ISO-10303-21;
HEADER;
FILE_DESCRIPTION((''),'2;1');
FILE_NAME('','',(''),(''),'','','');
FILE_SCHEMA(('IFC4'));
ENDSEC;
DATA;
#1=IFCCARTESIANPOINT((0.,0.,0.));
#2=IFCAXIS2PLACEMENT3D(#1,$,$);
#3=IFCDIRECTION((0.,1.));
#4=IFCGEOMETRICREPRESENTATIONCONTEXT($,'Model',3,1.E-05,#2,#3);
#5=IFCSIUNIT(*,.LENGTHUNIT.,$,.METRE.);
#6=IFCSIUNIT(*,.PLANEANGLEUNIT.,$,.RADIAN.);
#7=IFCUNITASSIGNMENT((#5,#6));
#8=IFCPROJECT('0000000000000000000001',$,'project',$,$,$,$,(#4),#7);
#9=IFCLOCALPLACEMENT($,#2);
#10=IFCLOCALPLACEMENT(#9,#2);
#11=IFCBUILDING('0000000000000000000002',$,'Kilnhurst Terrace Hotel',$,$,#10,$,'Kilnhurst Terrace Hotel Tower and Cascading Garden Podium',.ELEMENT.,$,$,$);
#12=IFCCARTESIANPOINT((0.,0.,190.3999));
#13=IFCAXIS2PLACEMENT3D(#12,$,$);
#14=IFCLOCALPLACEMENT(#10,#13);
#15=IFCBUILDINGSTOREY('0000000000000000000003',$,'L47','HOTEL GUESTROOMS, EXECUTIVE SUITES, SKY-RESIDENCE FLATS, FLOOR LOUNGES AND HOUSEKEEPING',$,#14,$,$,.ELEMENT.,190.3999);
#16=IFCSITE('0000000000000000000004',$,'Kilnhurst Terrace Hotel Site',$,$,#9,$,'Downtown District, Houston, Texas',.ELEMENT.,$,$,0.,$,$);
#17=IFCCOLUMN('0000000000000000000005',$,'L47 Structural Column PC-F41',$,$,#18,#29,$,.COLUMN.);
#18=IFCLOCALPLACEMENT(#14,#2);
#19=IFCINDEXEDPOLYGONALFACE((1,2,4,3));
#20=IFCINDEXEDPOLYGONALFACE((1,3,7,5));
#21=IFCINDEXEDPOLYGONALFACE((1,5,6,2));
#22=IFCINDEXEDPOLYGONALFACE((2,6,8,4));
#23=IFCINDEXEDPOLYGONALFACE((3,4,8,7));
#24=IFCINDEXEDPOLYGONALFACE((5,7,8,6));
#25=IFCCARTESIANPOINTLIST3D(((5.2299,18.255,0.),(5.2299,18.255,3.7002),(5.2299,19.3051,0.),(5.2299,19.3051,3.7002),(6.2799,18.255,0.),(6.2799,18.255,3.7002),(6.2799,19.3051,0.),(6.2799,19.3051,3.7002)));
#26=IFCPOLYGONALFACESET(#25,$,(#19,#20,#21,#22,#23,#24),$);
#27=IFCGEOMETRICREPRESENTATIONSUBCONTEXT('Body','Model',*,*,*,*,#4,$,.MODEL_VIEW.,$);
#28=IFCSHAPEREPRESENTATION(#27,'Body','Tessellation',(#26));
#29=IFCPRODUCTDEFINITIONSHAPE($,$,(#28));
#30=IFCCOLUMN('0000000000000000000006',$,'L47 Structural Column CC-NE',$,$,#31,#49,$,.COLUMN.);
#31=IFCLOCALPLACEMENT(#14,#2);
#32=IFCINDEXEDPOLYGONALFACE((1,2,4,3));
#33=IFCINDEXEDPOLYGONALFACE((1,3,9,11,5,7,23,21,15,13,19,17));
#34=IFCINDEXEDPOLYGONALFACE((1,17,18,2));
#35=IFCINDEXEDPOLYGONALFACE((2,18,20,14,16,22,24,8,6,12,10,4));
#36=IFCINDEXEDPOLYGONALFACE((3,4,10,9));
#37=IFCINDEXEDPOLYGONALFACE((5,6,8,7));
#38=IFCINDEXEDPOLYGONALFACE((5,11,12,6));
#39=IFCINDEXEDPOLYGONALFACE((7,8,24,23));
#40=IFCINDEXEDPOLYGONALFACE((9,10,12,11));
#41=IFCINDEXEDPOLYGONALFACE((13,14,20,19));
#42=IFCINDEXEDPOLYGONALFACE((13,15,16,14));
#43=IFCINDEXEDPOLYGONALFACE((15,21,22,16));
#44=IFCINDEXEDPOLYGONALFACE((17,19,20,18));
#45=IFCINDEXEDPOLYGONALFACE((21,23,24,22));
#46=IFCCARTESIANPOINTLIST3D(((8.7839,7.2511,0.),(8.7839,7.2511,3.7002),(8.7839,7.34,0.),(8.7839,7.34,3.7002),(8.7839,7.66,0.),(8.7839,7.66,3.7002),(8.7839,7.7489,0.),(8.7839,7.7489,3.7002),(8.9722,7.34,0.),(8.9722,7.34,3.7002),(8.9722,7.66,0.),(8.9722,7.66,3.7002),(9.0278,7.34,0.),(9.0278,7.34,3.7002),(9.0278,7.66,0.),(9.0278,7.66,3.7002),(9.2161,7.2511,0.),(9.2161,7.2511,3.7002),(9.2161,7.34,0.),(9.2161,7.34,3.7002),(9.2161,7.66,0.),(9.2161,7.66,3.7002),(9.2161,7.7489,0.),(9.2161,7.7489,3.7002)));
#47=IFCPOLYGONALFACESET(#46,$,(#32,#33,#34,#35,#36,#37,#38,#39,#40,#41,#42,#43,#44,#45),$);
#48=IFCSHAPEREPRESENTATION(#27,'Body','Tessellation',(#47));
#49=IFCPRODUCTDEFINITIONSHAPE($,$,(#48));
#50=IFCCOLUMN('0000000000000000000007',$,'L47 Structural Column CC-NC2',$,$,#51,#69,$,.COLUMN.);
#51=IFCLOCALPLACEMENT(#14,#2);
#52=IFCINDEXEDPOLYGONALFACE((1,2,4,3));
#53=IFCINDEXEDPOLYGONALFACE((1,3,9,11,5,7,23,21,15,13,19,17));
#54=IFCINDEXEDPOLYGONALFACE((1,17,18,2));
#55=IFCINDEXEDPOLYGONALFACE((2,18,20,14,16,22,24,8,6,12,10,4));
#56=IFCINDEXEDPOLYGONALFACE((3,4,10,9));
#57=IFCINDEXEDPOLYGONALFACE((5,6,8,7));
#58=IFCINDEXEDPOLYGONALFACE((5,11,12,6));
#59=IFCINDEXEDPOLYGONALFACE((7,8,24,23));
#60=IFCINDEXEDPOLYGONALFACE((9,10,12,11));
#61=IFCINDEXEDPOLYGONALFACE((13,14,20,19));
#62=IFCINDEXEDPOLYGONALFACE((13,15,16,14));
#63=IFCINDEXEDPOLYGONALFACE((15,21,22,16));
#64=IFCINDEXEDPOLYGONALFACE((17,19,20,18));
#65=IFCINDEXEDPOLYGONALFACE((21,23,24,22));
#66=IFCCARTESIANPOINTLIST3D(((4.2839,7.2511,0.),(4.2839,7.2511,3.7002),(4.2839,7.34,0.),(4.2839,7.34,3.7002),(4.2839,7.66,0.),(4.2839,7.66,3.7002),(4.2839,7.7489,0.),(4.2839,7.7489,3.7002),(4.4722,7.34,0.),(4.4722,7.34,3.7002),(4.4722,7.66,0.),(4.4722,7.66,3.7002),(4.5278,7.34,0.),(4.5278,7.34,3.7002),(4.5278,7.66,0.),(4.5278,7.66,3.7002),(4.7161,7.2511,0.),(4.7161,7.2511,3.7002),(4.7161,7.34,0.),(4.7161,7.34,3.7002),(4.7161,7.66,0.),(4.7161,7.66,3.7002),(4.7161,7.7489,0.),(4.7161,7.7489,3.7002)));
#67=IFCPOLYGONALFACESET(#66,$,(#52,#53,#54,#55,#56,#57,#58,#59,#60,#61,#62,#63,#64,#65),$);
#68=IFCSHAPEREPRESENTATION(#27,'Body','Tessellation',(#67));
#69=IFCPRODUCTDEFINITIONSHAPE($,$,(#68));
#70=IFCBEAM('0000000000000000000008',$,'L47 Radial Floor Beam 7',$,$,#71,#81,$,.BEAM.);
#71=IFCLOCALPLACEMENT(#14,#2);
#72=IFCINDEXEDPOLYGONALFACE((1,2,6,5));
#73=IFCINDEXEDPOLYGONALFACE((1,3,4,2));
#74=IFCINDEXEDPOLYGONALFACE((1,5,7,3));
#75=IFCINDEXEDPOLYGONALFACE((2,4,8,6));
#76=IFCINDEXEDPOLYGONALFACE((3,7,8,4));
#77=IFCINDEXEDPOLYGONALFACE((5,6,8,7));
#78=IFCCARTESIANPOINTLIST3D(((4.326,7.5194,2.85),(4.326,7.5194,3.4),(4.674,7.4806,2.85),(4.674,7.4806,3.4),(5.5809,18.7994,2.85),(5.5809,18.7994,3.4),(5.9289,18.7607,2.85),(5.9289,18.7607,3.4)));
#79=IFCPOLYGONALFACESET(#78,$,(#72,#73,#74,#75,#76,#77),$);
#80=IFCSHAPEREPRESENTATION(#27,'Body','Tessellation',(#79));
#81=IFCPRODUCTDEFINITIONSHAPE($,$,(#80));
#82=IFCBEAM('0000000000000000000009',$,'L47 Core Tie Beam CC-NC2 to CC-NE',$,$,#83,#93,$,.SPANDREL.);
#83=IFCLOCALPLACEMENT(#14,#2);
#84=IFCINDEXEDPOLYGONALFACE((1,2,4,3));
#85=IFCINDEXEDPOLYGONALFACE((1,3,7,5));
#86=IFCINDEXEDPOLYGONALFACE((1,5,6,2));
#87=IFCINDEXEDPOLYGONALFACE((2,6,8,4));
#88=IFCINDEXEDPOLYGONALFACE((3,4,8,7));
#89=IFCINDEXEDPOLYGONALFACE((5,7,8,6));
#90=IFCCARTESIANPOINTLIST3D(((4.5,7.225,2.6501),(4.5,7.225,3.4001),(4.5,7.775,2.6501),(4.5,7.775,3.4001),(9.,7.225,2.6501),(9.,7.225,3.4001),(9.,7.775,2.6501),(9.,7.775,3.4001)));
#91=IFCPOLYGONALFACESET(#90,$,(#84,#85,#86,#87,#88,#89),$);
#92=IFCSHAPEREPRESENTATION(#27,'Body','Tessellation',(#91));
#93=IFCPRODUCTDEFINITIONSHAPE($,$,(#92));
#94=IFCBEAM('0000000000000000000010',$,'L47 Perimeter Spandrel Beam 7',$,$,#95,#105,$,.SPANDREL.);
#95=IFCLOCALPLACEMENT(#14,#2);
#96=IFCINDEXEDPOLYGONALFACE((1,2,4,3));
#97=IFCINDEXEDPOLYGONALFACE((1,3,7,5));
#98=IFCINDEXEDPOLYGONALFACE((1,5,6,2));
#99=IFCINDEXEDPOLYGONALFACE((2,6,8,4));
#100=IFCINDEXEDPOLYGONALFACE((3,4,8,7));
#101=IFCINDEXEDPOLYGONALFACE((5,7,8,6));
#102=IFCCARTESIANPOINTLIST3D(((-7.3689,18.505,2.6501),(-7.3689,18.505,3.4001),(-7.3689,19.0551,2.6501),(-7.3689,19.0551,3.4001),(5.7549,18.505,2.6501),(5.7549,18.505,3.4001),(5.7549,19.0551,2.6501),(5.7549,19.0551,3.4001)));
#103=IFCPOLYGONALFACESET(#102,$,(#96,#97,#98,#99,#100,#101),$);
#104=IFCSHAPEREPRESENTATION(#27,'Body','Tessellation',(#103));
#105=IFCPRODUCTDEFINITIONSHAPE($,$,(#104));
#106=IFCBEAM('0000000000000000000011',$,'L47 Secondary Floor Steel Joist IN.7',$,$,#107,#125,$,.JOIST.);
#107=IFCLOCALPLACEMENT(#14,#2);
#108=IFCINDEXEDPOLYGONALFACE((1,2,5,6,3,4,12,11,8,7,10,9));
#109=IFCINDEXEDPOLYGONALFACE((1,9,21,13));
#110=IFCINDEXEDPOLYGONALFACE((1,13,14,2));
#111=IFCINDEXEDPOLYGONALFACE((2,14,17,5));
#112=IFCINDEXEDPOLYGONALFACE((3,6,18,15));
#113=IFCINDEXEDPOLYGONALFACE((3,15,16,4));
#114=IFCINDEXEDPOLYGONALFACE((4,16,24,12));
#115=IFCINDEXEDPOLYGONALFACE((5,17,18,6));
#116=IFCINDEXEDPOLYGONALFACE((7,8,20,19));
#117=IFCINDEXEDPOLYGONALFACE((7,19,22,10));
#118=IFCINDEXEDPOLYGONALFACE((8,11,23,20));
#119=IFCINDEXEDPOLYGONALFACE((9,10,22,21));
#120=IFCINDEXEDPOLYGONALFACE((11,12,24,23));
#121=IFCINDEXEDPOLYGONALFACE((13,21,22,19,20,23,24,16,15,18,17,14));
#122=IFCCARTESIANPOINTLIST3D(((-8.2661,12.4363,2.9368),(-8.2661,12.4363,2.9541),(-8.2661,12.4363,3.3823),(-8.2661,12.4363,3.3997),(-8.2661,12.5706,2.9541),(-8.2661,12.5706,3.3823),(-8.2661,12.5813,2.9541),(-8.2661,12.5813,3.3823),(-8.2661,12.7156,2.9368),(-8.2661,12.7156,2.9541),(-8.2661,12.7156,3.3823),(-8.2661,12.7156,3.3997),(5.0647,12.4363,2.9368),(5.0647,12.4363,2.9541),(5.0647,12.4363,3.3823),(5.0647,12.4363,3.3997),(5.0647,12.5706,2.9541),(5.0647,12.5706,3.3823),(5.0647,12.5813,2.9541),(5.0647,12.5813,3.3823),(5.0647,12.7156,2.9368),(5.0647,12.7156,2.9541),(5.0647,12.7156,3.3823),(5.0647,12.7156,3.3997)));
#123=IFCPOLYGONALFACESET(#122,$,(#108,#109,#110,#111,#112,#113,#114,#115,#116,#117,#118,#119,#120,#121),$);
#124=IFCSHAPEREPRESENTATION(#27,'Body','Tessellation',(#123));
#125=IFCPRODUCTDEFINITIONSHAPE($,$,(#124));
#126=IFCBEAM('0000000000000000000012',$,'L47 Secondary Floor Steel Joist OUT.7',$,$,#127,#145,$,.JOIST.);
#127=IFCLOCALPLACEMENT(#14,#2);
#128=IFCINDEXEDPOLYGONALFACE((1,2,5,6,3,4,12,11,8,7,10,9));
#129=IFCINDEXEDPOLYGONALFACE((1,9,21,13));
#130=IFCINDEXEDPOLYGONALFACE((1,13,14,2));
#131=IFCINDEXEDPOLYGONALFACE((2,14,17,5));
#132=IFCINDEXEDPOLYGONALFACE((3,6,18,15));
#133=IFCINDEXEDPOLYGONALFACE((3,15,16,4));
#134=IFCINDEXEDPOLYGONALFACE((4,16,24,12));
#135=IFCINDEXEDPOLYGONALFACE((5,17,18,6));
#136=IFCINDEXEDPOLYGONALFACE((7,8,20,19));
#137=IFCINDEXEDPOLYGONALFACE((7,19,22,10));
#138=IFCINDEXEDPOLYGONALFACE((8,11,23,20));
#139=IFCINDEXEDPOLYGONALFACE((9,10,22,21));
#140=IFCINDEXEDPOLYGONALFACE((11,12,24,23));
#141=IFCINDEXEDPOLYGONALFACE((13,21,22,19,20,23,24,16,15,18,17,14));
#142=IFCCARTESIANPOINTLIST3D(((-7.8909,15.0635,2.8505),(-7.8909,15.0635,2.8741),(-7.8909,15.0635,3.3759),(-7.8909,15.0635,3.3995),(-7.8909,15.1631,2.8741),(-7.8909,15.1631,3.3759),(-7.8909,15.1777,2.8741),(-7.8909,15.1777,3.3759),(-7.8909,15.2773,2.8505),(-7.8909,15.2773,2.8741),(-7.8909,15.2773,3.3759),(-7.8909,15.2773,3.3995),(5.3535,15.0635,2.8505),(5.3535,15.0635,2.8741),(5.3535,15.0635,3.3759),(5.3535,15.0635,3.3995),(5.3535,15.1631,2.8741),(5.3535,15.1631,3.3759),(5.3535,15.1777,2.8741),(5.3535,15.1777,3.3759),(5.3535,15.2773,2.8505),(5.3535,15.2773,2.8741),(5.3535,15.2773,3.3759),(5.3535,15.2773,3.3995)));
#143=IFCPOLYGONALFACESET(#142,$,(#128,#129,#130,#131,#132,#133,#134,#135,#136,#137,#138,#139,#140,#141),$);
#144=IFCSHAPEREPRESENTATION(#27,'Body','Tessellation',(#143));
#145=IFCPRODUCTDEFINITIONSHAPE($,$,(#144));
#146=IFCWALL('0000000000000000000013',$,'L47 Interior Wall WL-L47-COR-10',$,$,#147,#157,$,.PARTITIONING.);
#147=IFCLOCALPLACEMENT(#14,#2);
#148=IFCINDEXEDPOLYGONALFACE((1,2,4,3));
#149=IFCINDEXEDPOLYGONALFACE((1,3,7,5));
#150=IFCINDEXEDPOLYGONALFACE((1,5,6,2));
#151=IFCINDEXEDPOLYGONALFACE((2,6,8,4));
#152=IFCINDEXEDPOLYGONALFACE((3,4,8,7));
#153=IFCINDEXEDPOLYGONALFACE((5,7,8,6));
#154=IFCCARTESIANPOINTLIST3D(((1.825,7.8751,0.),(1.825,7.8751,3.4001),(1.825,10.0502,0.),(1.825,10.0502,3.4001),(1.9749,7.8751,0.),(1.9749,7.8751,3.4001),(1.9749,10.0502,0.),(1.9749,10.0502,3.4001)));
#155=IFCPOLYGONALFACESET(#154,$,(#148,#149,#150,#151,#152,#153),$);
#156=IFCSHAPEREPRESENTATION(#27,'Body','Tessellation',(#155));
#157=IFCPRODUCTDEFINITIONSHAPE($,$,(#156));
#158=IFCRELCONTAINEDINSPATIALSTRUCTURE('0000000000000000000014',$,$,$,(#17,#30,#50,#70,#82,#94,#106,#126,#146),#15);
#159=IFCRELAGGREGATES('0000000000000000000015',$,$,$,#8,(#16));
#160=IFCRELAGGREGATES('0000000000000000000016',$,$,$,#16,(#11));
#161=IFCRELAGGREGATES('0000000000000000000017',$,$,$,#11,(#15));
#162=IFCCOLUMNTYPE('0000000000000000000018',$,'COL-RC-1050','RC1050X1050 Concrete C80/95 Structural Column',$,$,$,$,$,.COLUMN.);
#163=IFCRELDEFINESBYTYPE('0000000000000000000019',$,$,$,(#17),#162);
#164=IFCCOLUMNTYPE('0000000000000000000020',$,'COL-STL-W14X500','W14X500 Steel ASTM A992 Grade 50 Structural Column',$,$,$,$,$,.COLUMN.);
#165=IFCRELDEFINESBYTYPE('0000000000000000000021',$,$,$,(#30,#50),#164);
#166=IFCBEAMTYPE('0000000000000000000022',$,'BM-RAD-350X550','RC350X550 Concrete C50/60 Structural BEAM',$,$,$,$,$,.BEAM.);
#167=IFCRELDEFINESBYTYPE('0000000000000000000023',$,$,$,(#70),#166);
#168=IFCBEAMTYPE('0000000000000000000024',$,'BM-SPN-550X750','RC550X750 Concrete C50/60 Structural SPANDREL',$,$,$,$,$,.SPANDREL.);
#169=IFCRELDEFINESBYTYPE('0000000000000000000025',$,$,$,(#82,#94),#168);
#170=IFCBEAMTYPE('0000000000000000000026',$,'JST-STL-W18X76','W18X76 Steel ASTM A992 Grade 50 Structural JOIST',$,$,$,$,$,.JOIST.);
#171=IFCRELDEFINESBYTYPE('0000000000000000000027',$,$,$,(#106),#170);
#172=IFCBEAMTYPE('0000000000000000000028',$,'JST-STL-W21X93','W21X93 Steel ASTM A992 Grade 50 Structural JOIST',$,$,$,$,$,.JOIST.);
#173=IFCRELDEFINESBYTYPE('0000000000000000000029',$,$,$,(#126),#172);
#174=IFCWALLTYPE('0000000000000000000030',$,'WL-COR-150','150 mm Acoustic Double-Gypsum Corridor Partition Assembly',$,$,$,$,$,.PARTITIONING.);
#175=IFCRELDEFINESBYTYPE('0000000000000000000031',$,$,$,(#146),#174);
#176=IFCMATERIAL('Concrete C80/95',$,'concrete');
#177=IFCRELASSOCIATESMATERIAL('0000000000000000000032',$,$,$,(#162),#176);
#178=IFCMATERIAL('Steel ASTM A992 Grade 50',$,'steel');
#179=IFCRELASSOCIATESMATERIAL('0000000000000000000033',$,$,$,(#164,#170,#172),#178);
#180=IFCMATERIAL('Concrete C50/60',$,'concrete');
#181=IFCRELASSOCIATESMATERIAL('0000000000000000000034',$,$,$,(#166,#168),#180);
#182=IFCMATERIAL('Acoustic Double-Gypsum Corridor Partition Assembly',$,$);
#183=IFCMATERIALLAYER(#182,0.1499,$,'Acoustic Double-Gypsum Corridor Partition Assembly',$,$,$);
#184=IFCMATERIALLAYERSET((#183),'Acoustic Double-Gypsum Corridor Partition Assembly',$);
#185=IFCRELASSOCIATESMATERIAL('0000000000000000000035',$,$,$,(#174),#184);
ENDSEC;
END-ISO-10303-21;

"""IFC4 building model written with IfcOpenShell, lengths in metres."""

from ifc_helpers import new_model, si_unit, direction, frame, frame_2d, origin, origin_2d, place, context, subcontext, project, spatial, rectangle, i_section, extrude, material, layer, layer_set, material_profile, profile_set, type_object, element, save


model = new_model("IFC4")

# Units and contexts
model_context = context("Model", 3, precision=1e-05, world=origin(), true_north=direction((0.0, 1.0)))
body_context = subcontext(model_context, "Body", "Model", "MODEL_VIEW")
ifc_project = project(units=[si_unit("LENGTHUNIT", "METRE"), si_unit("PLANEANGLEUNIT", "RADIAN")], contexts=[model_context])

# Site, building, storey
site_placement = place(None, origin())
site = spatial("IfcSite", under=ifc_project, at=site_placement, Name="Kilnhurst Terrace Hotel Site", LongName="Downtown District, Houston, Texas", CompositionType="ELEMENT", RefElevation=0.0)
building_placement = place(site_placement, origin())
building = spatial("IfcBuilding", under=site, at=building_placement, Name="Kilnhurst Terrace Hotel", LongName="Kilnhurst Terrace Hotel Tower and Cascading Garden Podium", CompositionType="ELEMENT")
storey_placement = place(building_placement, frame((0.0, 0.0, 190.3999)))
storey = spatial("IfcBuildingStorey", under=building, at=storey_placement, Name="L47", Description="HOTEL GUESTROOMS, EXECUTIVE SUITES, SKY-RESIDENCE FLATS, FLOOR LOUNGES AND HOUSEKEEPING", CompositionType="ELEMENT", Elevation=190.3999)

# Columns
ifc_material_1 = material(Name="Concrete C80/95", Category="concrete")
ifc_material_profile_1 = material_profile(ifc_material_1, rectangle(XDim=1.05, YDim=1.05, at=origin_2d()), Name="RC1050X1050")
ifc_profile_set_1 = profile_set([ifc_material_profile_1], Name="Concrete C80/95")
column_type_1 = type_object("IfcColumnType", Name="COL-RC-1050", Description="RC1050X1050 Concrete C80/95 Structural Column", PredefinedType="COLUMN", material=ifc_profile_set_1)
column_placement = place(storey_placement, frame((5.7549, 18.78, 0.0), z_axis=(0.0, 0.0, 1.0), x_axis=(1.0, 0.0, 0.0)))
element("IfcColumn", 1, at=column_placement, inside=storey, type_object=column_type_1, Name="L47 Structural Column PC-F41", PredefinedType="COLUMN", context=body_context, shape_type="SweptSolid", body=[
    extrude(rectangle(XDim=1.05, YDim=1.05, at=origin_2d()), origin(), (0.0, 0.0, 1.0), 3.7002),
])
ifc_material_2 = material(Name="Steel ASTM A992 Grade 50", Category="steel")
ifc_material_profile_2 = material_profile(ifc_material_2, i_section(OverallWidth=0.4321, OverallDepth=0.4978, WebThickness=0.0557, FlangeThickness=0.0889, at=origin_2d()), Name="W14X500")
ifc_profile_set_2 = profile_set([ifc_material_profile_2], Name="Steel ASTM A992 Grade 50")
column_type_2 = type_object("IfcColumnType", Name="COL-STL-W14X500", Description="W14X500 Steel ASTM A992 Grade 50 Structural Column", PredefinedType="COLUMN", material=ifc_profile_set_2)
for number, where, z_axis, x_axis, name in (
    (2, (9.0, 7.5, 0.0), (0.0, 0.0, 1.0), (1.0, 0.0, 0.0), "L47 Structural Column CC-NE"),
    (3, (4.5, 7.5, 0.0), (0.0, 0.0, 1.0), (1.0, 0.0, 0.0), "L47 Structural Column CC-NC2"),
):
    element("IfcColumn", number, at=place(storey_placement, frame(where, z_axis=z_axis, x_axis=x_axis)), inside=storey, type_object=column_type_2, Name=name, PredefinedType="COLUMN", context=body_context, shape_type="SweptSolid", body=[
        extrude(i_section(OverallWidth=0.4321, OverallDepth=0.4978, WebThickness=0.0557, FlangeThickness=0.0889, at=origin_2d()), origin(), (0.0, 0.0, 1.0), 3.7002),
    ])

# Beams
ifc_material_3 = material(Name="Concrete C50/60", Category="concrete")
ifc_material_profile_3 = material_profile(ifc_material_3, rectangle(XDim=0.3501, YDim=0.55, at=origin_2d()), Name="RC350X550")
ifc_profile_set_3 = profile_set([ifc_material_profile_3], Name="Concrete C50/60")
beam_type_1 = type_object("IfcBeamType", Name="BM-RAD-350X550", Description="RC350X550 Concrete C50/60 Structural BEAM", PredefinedType="BEAM", material=ifc_profile_set_3)
beam_1_placement = place(storey_placement, frame((4.5, 7.5, 3.125), z_axis=(0.110566, 0.993869, 0.0), x_axis=(-0.993869, 0.110566, 0.0)))
element("IfcBeam", 4, at=beam_1_placement, inside=storey, type_object=beam_type_1, Name="L47 Radial Floor Beam 7", PredefinedType="BEAM", context=body_context, shape_type="SweptSolid", body=[
    extrude(rectangle(XDim=0.3501, YDim=0.55, at=origin_2d()), origin(), (0.0, 0.0, 1.0), 11.3496),
])
ifc_material_profile_4 = material_profile(ifc_material_3, rectangle(XDim=0.55, YDim=0.75, at=origin_2d()), Name="RC550X750")
ifc_profile_set_4 = profile_set([ifc_material_profile_4], Name="Concrete C50/60")
beam_type_2 = type_object("IfcBeamType", Name="BM-SPN-550X750", Description="RC550X750 Concrete C50/60 Structural SPANDREL", PredefinedType="SPANDREL", material=ifc_profile_set_4)
beam_2_placement = place(storey_placement, frame((4.5, 7.5, 3.0251), z_axis=(1.0, 0.0, 0.0), x_axis=(0.0, 1.0, 0.0)))
element("IfcBeam", 5, at=beam_2_placement, inside=storey, type_object=beam_type_2, Name="L47 Core Tie Beam CC-NC2 to CC-NE", PredefinedType="SPANDREL", context=body_context, shape_type="SweptSolid", body=[
    extrude(rectangle(XDim=0.55, YDim=0.75, at=origin_2d()), origin(), (0.0, 0.0, 1.0), 4.5),
])
beam_3_placement = place(storey_placement, frame((5.7549, 18.78, 3.0251), z_axis=(-1.0, 0.0, 0.0), x_axis=(0.0, -1.0, 0.0)))
element("IfcBeam", 6, at=beam_3_placement, inside=storey, type_object=beam_type_2, Name="L47 Perimeter Spandrel Beam 7", PredefinedType="SPANDREL", context=body_context, shape_type="SweptSolid", body=[
    extrude(rectangle(XDim=0.55, YDim=0.75, at=origin_2d()), origin(), (0.0, 0.0, 1.0), 13.1238),
])
ifc_material_profile_5 = material_profile(ifc_material_2, i_section(OverallWidth=0.2793, OverallDepth=0.4629, WebThickness=0.0107, FlangeThickness=0.0173, at=origin_2d()), Name="W18X76")
ifc_profile_set_5 = profile_set([ifc_material_profile_5], Name="Steel ASTM A992 Grade 50")
beam_type_3 = type_object("IfcBeamType", Name="JST-STL-W18X76", Description="W18X76 Steel ASTM A992 Grade 50 Structural JOIST", PredefinedType="JOIST", material=ifc_profile_set_5)
beam_4_placement = place(storey_placement, frame((5.0647, 12.5759, 3.1682), z_axis=(-1.0, 0.0, 0.0), x_axis=(0.0, -1.0, 0.0)))
element("IfcBeam", 7, at=beam_4_placement, inside=storey, type_object=beam_type_3, Name="L47 Secondary Floor Steel Joist IN.7", PredefinedType="JOIST", context=body_context, shape_type="SweptSolid", body=[
    extrude(i_section(OverallWidth=0.2793, OverallDepth=0.4629, WebThickness=0.0107, FlangeThickness=0.0173, at=origin_2d()), origin(), (0.0, 0.0, 1.0), 13.3308),
])
ifc_material_profile_6 = material_profile(ifc_material_2, i_section(OverallWidth=0.2139, OverallDepth=0.5491, WebThickness=0.0146, FlangeThickness=0.0237, at=origin_2d()), Name="W21X93")
ifc_profile_set_6 = profile_set([ifc_material_profile_6], Name="Steel ASTM A992 Grade 50")
beam_type_4 = type_object("IfcBeamType", Name="JST-STL-W21X93", Description="W21X93 Steel ASTM A992 Grade 50 Structural JOIST", PredefinedType="JOIST", material=ifc_profile_set_6)
beam_5_placement = place(storey_placement, frame((5.3535, 15.1704, 3.125), z_axis=(-1.0, 0.0, 0.0), x_axis=(0.0, -1.0, 0.0)))
element("IfcBeam", 8, at=beam_5_placement, inside=storey, type_object=beam_type_4, Name="L47 Secondary Floor Steel Joist OUT.7", PredefinedType="JOIST", context=body_context, shape_type="SweptSolid", body=[
    extrude(i_section(OverallWidth=0.2139, OverallDepth=0.5491, WebThickness=0.0146, FlangeThickness=0.0237, at=origin_2d()), origin(), (0.0, 0.0, 1.0), 13.2444),
])

# Wall
ifc_material_4 = material(Name="Acoustic Double-Gypsum Corridor Partition Assembly")
ifc_layer_1 = layer(ifc_material_4, 0.1499, Name="Acoustic Double-Gypsum Corridor Partition Assembly")
ifc_layer_set_1 = layer_set([ifc_layer_1], Name="Acoustic Double-Gypsum Corridor Partition Assembly")
wall_type_1 = type_object("IfcWallType", Name="WL-COR-150", Description="150 mm Acoustic Double-Gypsum Corridor Partition Assembly", PredefinedType="PARTITIONING", material=ifc_layer_set_1)
wall_1_placement = place(storey_placement, frame((1.8999, 10.05, 0.0), z_axis=(0.0, 0.0, 1.0), x_axis=(0.0, -1.0, 0.0)))
element("IfcWall", 9, at=wall_1_placement, inside=storey, type_object=wall_type_1, Name="L47 Interior Wall WL-L47-COR-10", PredefinedType="PARTITIONING", context=body_context, shape_type="SweptSolid", body=[
    extrude(rectangle(XDim=2.175, YDim=0.1499, at=frame_2d((1.0874, 0.0))), origin(), (0.0, 0.0, 1.0), 3.4001),
])

save(model, "model.ifc")
